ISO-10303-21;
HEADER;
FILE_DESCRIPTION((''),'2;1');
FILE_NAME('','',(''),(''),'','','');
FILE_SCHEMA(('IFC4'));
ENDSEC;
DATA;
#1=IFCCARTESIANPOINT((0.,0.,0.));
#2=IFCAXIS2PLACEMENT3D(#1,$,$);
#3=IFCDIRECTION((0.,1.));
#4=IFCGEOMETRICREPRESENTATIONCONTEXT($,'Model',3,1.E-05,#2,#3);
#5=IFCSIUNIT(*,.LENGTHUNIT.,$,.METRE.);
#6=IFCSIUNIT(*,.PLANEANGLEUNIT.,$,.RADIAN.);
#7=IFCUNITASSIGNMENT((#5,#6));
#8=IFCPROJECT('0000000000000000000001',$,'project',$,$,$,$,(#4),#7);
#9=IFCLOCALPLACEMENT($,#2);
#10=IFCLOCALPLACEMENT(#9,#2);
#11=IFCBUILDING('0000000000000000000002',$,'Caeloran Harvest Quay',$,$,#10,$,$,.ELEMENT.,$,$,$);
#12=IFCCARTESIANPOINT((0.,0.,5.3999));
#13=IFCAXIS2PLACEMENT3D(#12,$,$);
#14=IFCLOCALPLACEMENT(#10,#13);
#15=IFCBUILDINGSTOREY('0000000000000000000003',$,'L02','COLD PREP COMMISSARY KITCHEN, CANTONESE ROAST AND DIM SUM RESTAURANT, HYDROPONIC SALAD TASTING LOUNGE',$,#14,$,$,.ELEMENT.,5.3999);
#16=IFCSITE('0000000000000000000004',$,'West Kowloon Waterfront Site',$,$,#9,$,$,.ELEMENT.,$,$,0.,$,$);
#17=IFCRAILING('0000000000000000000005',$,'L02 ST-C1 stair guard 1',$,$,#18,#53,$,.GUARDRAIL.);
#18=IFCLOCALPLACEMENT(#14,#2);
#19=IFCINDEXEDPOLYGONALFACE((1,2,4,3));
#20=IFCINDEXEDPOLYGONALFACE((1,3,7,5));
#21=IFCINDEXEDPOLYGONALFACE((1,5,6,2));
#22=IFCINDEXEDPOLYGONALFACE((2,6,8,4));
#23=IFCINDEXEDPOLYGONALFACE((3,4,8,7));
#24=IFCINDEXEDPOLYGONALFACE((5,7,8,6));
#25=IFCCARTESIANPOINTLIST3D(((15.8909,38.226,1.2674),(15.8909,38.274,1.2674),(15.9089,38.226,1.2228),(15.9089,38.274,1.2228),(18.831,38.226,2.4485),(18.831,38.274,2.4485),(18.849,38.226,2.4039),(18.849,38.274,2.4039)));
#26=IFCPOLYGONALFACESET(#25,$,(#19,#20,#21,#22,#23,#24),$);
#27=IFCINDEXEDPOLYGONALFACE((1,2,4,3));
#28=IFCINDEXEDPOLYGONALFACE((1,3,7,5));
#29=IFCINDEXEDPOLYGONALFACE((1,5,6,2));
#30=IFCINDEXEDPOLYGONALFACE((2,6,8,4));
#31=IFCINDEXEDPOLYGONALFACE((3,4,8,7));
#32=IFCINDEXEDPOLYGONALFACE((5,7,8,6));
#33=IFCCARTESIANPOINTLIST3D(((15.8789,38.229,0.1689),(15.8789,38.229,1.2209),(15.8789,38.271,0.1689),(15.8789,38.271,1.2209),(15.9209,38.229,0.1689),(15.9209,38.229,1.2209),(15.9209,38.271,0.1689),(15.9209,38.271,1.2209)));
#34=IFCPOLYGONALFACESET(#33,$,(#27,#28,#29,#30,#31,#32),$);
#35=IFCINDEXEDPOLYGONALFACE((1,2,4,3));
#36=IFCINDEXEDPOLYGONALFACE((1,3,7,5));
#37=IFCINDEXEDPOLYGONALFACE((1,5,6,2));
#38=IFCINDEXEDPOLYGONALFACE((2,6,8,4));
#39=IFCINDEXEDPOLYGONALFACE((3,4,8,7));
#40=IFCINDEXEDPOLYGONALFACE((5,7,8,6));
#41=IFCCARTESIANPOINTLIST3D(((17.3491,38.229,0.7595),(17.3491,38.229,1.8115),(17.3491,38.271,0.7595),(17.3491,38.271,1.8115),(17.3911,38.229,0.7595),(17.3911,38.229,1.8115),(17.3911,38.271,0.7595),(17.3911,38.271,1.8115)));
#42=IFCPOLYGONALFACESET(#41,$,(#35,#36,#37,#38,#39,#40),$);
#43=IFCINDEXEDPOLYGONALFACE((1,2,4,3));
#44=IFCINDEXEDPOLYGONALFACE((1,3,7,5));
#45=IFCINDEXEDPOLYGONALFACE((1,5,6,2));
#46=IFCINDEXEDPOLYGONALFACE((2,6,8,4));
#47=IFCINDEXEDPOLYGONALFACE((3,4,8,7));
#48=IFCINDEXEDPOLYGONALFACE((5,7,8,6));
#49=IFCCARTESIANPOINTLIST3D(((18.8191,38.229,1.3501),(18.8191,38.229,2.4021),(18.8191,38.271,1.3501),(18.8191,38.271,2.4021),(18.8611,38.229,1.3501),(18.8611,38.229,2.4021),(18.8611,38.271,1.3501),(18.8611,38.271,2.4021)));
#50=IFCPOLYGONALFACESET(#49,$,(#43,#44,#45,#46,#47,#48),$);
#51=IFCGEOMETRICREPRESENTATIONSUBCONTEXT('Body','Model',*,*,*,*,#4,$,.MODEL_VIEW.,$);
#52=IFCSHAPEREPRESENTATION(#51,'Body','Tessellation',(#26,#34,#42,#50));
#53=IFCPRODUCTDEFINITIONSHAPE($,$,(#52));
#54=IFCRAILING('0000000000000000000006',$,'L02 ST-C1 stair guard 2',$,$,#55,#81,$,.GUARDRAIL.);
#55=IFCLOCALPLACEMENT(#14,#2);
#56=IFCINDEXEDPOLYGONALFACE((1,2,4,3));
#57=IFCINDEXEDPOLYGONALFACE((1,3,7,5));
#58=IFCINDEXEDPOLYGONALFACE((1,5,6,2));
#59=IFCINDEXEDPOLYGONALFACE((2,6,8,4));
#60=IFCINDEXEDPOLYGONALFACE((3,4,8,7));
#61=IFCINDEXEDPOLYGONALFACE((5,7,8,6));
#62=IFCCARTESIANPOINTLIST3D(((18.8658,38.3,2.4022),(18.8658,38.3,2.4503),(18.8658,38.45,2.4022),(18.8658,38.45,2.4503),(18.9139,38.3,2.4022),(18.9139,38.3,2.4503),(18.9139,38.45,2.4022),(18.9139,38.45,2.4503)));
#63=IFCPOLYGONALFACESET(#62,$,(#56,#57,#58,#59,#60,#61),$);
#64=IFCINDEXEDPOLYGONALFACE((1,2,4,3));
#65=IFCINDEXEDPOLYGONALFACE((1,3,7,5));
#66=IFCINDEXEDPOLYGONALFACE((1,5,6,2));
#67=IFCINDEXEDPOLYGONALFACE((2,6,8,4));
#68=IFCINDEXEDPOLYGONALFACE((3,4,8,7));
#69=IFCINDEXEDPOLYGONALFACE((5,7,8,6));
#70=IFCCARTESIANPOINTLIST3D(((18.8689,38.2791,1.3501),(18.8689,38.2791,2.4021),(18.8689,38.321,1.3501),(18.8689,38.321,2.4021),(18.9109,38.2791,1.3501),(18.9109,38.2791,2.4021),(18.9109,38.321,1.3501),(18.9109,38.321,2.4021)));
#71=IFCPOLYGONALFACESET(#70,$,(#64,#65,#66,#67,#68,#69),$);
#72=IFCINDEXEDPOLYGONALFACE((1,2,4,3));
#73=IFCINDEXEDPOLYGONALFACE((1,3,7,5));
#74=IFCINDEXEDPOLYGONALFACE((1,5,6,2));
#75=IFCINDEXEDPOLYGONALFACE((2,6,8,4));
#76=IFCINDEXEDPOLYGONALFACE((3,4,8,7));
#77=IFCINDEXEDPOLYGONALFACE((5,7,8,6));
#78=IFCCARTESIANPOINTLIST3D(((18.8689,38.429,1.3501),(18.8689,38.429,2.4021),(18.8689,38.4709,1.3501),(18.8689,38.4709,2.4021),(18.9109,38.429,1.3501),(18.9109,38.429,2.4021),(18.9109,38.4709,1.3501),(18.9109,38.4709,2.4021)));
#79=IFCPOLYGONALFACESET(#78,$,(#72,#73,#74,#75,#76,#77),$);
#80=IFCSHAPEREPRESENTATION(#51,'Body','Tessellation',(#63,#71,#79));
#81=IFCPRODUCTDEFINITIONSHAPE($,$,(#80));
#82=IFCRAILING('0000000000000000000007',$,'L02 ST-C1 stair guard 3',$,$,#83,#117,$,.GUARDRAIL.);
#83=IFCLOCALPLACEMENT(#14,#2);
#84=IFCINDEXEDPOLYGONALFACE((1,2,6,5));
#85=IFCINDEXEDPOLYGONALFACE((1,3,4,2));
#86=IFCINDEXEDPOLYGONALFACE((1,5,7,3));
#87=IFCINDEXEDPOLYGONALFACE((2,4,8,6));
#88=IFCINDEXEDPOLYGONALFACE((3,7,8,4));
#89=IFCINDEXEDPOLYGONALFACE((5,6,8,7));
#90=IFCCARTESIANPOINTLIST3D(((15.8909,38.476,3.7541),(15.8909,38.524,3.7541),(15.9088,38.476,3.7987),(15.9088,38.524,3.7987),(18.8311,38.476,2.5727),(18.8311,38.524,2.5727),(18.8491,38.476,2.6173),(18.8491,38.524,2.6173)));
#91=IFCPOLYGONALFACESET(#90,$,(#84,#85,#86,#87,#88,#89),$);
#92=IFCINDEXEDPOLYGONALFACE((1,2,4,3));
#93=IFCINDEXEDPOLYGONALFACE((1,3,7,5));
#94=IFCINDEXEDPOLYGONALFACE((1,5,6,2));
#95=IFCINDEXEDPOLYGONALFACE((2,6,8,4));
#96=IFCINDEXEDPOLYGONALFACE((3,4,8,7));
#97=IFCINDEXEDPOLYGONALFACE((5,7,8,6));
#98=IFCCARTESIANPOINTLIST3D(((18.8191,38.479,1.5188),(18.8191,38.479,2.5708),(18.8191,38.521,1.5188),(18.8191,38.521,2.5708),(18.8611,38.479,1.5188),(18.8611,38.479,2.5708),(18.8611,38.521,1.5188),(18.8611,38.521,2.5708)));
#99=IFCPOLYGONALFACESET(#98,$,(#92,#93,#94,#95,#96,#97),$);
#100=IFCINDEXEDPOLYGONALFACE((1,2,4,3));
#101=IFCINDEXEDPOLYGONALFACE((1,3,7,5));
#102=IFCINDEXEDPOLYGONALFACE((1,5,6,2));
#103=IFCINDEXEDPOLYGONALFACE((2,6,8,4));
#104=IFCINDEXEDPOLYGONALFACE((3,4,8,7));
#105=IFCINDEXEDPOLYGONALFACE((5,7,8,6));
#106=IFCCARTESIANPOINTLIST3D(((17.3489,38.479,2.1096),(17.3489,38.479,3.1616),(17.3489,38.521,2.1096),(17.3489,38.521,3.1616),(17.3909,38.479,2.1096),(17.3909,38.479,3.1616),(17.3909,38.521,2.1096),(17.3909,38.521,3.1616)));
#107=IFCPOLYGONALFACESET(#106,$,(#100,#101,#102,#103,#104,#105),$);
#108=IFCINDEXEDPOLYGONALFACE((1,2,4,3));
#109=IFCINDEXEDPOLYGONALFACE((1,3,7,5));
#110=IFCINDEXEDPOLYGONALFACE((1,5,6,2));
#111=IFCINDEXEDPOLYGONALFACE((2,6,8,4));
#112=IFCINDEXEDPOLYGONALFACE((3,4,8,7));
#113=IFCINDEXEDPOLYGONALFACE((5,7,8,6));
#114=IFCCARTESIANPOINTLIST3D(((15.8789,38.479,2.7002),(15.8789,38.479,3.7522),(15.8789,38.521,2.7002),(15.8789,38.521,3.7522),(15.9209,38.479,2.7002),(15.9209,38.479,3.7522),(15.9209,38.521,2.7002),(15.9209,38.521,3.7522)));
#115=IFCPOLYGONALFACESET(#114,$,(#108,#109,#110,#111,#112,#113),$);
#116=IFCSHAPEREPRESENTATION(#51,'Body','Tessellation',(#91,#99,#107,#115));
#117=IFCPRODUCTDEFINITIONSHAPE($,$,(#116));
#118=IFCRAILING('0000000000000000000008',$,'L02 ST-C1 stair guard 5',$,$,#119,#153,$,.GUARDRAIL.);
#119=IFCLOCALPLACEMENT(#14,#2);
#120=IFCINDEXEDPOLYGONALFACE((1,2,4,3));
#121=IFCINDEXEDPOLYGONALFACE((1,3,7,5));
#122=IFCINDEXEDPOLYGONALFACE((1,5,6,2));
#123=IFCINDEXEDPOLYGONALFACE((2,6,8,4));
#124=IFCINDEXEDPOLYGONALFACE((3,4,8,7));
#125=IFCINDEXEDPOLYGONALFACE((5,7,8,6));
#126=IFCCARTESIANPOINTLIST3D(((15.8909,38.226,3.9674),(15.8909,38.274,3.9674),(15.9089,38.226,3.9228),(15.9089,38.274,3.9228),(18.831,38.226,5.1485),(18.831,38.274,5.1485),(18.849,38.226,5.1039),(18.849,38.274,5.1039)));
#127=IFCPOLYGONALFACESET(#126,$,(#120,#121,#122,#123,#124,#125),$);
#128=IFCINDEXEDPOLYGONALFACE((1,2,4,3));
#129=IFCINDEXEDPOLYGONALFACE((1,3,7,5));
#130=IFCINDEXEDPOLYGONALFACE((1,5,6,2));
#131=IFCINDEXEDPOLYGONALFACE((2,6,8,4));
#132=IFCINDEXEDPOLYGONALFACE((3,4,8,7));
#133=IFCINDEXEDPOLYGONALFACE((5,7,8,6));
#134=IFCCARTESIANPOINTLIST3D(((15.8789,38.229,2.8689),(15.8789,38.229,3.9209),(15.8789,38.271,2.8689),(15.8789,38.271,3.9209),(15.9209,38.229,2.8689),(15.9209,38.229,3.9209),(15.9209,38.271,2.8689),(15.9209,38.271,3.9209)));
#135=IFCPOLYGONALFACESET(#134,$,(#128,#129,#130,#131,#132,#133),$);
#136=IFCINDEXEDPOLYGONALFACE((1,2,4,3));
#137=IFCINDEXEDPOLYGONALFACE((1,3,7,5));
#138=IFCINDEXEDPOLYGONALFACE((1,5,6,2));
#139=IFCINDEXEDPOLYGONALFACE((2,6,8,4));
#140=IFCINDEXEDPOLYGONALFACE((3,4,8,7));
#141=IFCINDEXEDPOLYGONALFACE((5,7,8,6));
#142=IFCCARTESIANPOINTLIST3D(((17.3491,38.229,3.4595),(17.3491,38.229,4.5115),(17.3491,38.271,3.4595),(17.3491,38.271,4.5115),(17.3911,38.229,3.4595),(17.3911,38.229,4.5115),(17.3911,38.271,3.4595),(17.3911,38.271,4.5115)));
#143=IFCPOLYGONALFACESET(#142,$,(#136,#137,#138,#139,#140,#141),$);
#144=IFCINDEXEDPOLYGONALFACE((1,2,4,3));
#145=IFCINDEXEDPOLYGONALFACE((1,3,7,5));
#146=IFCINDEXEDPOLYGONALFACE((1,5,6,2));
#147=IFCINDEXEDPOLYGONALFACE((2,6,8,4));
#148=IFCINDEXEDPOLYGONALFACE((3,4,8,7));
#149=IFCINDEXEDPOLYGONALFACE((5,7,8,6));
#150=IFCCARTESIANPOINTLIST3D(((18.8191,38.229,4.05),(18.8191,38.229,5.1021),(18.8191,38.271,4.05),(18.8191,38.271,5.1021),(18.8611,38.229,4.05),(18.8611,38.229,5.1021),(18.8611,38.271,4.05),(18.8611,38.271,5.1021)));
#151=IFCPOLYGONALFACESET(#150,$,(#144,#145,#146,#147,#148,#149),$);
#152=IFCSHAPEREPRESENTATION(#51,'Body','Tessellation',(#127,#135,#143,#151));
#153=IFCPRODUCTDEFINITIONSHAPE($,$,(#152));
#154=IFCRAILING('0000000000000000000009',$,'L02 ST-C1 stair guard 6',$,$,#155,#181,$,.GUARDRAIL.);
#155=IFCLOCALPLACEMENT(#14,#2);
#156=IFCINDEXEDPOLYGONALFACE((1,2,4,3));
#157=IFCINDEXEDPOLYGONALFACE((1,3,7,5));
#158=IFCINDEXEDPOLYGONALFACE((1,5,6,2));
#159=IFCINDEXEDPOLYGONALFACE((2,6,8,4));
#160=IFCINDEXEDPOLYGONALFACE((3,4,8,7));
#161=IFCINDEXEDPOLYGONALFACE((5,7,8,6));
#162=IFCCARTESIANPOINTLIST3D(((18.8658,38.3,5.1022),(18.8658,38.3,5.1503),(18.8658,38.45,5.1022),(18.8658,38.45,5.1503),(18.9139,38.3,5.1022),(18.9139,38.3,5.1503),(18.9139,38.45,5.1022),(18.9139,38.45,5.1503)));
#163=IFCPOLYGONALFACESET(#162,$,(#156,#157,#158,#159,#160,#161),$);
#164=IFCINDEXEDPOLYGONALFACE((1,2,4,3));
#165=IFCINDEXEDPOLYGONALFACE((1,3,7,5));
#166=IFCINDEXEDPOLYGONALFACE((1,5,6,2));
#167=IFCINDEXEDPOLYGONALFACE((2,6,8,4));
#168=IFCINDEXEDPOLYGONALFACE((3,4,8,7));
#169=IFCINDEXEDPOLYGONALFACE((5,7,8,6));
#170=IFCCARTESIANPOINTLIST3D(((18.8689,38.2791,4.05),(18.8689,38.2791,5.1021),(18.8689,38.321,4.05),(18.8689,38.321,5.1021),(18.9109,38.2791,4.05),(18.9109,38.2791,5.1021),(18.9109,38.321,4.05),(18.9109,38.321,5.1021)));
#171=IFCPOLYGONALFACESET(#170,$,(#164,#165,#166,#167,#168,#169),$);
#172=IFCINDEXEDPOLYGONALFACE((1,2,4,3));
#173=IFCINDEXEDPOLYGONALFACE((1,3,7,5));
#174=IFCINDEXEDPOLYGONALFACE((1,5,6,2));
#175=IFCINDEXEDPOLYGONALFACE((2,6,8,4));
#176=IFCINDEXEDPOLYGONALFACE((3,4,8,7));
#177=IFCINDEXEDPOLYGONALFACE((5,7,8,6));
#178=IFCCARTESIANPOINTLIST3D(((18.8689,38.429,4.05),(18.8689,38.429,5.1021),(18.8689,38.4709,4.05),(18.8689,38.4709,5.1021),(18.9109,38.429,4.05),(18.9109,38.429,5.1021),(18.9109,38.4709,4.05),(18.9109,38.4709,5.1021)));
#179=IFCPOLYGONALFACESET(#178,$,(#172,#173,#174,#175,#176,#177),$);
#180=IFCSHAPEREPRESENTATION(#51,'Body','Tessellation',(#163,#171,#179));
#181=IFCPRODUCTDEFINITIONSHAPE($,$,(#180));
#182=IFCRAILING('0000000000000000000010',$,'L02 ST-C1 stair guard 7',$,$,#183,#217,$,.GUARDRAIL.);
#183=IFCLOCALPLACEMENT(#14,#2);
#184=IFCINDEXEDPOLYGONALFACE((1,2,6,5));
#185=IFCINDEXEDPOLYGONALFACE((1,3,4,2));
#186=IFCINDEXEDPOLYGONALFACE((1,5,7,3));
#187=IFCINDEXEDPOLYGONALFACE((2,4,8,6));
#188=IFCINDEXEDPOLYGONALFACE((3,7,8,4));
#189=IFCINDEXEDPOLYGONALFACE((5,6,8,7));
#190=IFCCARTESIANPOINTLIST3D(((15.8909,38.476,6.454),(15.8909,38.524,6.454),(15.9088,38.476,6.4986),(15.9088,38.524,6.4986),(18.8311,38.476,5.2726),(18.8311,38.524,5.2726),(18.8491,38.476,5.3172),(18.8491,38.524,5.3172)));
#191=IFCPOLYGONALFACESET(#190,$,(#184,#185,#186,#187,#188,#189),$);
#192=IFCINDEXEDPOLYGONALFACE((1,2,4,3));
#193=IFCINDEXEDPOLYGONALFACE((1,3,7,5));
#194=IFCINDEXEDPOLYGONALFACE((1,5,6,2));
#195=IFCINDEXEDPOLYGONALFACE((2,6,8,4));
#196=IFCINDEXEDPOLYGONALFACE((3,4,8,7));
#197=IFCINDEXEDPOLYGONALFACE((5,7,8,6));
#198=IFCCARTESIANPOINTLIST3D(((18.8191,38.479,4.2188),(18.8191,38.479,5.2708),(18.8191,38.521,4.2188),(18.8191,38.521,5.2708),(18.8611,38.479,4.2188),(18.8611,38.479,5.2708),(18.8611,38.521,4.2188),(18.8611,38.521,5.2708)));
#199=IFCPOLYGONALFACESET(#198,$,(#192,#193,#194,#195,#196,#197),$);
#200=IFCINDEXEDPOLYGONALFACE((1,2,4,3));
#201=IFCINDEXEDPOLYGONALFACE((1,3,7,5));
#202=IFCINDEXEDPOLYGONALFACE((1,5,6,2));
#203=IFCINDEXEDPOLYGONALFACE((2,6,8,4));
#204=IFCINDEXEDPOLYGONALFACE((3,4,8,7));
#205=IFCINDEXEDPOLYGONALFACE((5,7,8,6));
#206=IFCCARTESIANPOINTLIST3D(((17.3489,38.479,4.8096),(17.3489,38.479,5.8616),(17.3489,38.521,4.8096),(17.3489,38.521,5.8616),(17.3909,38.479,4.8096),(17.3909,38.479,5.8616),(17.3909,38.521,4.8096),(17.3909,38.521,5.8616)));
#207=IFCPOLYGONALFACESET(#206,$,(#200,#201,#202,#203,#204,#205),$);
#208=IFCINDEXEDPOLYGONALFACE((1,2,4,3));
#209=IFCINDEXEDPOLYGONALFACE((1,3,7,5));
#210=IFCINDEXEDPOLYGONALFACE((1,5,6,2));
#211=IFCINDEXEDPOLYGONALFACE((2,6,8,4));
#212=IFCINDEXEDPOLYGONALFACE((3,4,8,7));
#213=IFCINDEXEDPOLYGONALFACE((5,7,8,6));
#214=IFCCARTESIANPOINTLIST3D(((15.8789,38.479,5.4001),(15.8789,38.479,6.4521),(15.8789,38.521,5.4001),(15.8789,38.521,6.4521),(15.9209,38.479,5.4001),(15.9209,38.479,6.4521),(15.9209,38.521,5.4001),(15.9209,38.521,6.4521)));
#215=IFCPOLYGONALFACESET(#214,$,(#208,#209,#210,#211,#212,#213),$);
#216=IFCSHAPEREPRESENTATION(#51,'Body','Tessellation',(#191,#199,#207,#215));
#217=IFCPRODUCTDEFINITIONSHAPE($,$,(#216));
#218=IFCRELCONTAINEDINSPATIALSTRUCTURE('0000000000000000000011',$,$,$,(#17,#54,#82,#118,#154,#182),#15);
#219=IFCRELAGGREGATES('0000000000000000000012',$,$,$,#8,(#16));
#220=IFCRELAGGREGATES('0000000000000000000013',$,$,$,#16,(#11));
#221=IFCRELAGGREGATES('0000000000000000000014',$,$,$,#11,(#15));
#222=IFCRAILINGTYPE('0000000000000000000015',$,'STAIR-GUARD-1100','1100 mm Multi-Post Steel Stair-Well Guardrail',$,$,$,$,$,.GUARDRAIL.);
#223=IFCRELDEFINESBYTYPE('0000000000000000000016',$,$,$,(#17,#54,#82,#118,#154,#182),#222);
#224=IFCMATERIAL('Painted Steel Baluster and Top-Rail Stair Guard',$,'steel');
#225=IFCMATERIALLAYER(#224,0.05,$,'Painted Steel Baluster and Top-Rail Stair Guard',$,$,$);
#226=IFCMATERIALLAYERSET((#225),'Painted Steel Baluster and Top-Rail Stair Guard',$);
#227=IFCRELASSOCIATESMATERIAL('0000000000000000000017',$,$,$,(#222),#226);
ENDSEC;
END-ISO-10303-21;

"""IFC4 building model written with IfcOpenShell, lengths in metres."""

from ifc_helpers import new_model, si_unit, direction, frame, origin, origin_2d, place, context, subcontext, project, spatial, rectangle, extrude, material, layer, layer_set, type_object, element, save


model = new_model("IFC4")

# Units and contexts
model_context = context("Model", 3, precision=1e-05, world=origin(), true_north=direction((0.0, 1.0)))
body_context = subcontext(model_context, "Body", "Model", "MODEL_VIEW")
ifc_project = project(units=[si_unit("LENGTHUNIT", "METRE"), si_unit("PLANEANGLEUNIT", "RADIAN")], contexts=[model_context])

# Site, building, storey
site_placement = place(None, origin())
site = spatial("IfcSite", under=ifc_project, at=site_placement, Name="West Kowloon Waterfront Site", CompositionType="ELEMENT", RefElevation=0.0)
building_placement = place(site_placement, origin())
building = spatial("IfcBuilding", under=site, at=building_placement, Name="Caeloran Harvest Quay", CompositionType="ELEMENT")
storey_placement = place(building_placement, frame((0.0, 0.0, 5.3999)))
storey = spatial("IfcBuildingStorey", under=building, at=storey_placement, Name="L02", Description="COLD PREP COMMISSARY KITCHEN, CANTONESE ROAST AND DIM SUM RESTAURANT, HYDROPONIC SALAD TASTING LOUNGE", CompositionType="ELEMENT", Elevation=5.3999)

# Railings
ifc_material_1 = material(Name="Painted Steel Baluster and Top-Rail Stair Guard", Category="steel")
ifc_layer_1 = layer(ifc_material_1, 0.05, Name="Painted Steel Baluster and Top-Rail Stair Guard")
ifc_layer_set_1 = layer_set([ifc_layer_1], Name="Painted Steel Baluster and Top-Rail Stair Guard")
railing_type_1 = type_object("IfcRailingType", Name="STAIR-GUARD-1100", Description="1100 mm Multi-Post Steel Stair-Well Guardrail", PredefinedType="GUARDRAIL", material=ifc_layer_set_1)
railing_1_placement = place(storey_placement, frame((15.8999, 38.25, 0.1689)))
element("IfcRailing", 1, at=railing_1_placement, inside=storey, type_object=railing_type_1, Name="L02 ST-C1 stair guard 1", PredefinedType="GUARDRAIL", context=body_context, shape_type="SweptSolid", body=[
    extrude(rectangle(XDim=0.0481, YDim=0.0481, at=origin_2d()), frame((0.0, 0.0, 1.0762), z_axis=(0.927923, 0.0, 0.372772), x_axis=(0.0, 1.0, 0.0)), (0.0, 0.0, 1.0), 3.1685),
    extrude(rectangle(XDim=0.042, YDim=0.042, at=origin_2d()), origin(), (0.0, 0.0, 1.0), 1.052),
    extrude(rectangle(XDim=0.042, YDim=0.042, at=origin_2d()), frame((1.4702, 0.0, 0.5906)), (0.0, 0.0, 1.0), 1.052),
    extrude(rectangle(XDim=0.042, YDim=0.042, at=origin_2d()), frame((2.9402, 0.0, 1.1812)), (0.0, 0.0, 1.0), 1.052),
])
railing_2_placement = place(storey_placement, frame((18.8899, 38.3, 1.3501)))
element("IfcRailing", 2, at=railing_2_placement, inside=storey, type_object=railing_type_1, Name="L02 ST-C1 stair guard 2", PredefinedType="GUARDRAIL", context=body_context, shape_type="SweptSolid", body=[
    extrude(rectangle(XDim=0.0481, YDim=0.0481, at=origin_2d()), frame((0.0, 0.0, 1.0762), z_axis=(0.0, 1.0, 0.0), x_axis=(-1.0, 0.0, 0.0)), (0.0, 0.0, 1.0), 0.1499),
    extrude(rectangle(XDim=0.042, YDim=0.042, at=origin_2d()), origin(), (0.0, 0.0, 1.0), 1.052),
    extrude(rectangle(XDim=0.042, YDim=0.042, at=origin_2d()), frame((0.0, 0.1499, 0.0)), (0.0, 0.0, 1.0), 1.052),
])
railing_3_placement = place(storey_placement, frame((18.8401, 38.5, 1.5188)))
element("IfcRailing", 3, at=railing_3_placement, inside=storey, type_object=railing_type_1, Name="L02 ST-C1 stair guard 3", PredefinedType="GUARDRAIL", context=body_context, shape_type="SweptSolid", body=[
    extrude(rectangle(XDim=0.0481, YDim=0.0481, at=origin_2d()), frame((0.0, 0.0, 1.0762), z_axis=(-0.927896, 0.0, 0.372838), x_axis=(0.0, -1.0, 0.0)), (0.0, 0.0, 1.0), 3.1687),
    extrude(rectangle(XDim=0.042, YDim=0.042, at=origin_2d()), origin(), (0.0, 0.0, 1.0), 1.052),
    extrude(rectangle(XDim=0.042, YDim=0.042, at=origin_2d()), frame((-1.4702, 0.0, 0.5908)), (0.0, 0.0, 1.0), 1.052),
    extrude(rectangle(XDim=0.042, YDim=0.042, at=origin_2d()), frame((-2.9402, 0.0, 1.1814)), (0.0, 0.0, 1.0), 1.052),
])
railing_4_placement = place(storey_placement, frame((15.8999, 38.25, 2.8689)))
element("IfcRailing", 4, at=railing_4_placement, inside=storey, type_object=railing_type_1, Name="L02 ST-C1 stair guard 5", PredefinedType="GUARDRAIL", context=body_context, shape_type="SweptSolid", body=[
    extrude(rectangle(XDim=0.0481, YDim=0.0481, at=origin_2d()), frame((0.0, 0.0, 1.0762), z_axis=(0.927923, 0.0, 0.372772), x_axis=(0.0, 1.0, 0.0)), (0.0, 0.0, 1.0), 3.1685),
    extrude(rectangle(XDim=0.042, YDim=0.042, at=origin_2d()), origin(), (0.0, 0.0, 1.0), 1.052),
    extrude(rectangle(XDim=0.042, YDim=0.042, at=origin_2d()), frame((1.4702, 0.0, 0.5906)), (0.0, 0.0, 1.0), 1.052),
    extrude(rectangle(XDim=0.042, YDim=0.042, at=origin_2d()), frame((2.9402, 0.0, 1.1812)), (0.0, 0.0, 1.0), 1.052),
])
railing_5_placement = place(storey_placement, frame((18.8899, 38.3, 4.05)))
element("IfcRailing", 5, at=railing_5_placement, inside=storey, type_object=railing_type_1, Name="L02 ST-C1 stair guard 6", PredefinedType="GUARDRAIL", context=body_context, shape_type="SweptSolid", body=[
    extrude(rectangle(XDim=0.0481, YDim=0.0481, at=origin_2d()), frame((0.0, 0.0, 1.0762), z_axis=(0.0, 1.0, 0.0), x_axis=(-1.0, 0.0, 0.0)), (0.0, 0.0, 1.0), 0.1499),
    extrude(rectangle(XDim=0.042, YDim=0.042, at=origin_2d()), origin(), (0.0, 0.0, 1.0), 1.052),
    extrude(rectangle(XDim=0.042, YDim=0.042, at=origin_2d()), frame((0.0, 0.1499, 0.0)), (0.0, 0.0, 1.0), 1.052),
])
railing_6_placement = place(storey_placement, frame((18.8401, 38.5, 4.2188)))
element("IfcRailing", 6, at=railing_6_placement, inside=storey, type_object=railing_type_1, Name="L02 ST-C1 stair guard 7", PredefinedType="GUARDRAIL", context=body_context, shape_type="SweptSolid", body=[
    extrude(rectangle(XDim=0.0481, YDim=0.0481, at=origin_2d()), frame((0.0, 0.0, 1.0762), z_axis=(-0.927896, 0.0, 0.372838), x_axis=(0.0, -1.0, 0.0)), (0.0, 0.0, 1.0), 3.1687),
    extrude(rectangle(XDim=0.042, YDim=0.042, at=origin_2d()), origin(), (0.0, 0.0, 1.0), 1.052),
    extrude(rectangle(XDim=0.042, YDim=0.042, at=origin_2d()), frame((-1.4702, 0.0, 0.5908)), (0.0, 0.0, 1.0), 1.052),
    extrude(rectangle(XDim=0.042, YDim=0.042, at=origin_2d()), frame((-2.9402, 0.0, 1.1814)), (0.0, 0.0, 1.0), 1.052),
])

save(model, "model.ifc")
